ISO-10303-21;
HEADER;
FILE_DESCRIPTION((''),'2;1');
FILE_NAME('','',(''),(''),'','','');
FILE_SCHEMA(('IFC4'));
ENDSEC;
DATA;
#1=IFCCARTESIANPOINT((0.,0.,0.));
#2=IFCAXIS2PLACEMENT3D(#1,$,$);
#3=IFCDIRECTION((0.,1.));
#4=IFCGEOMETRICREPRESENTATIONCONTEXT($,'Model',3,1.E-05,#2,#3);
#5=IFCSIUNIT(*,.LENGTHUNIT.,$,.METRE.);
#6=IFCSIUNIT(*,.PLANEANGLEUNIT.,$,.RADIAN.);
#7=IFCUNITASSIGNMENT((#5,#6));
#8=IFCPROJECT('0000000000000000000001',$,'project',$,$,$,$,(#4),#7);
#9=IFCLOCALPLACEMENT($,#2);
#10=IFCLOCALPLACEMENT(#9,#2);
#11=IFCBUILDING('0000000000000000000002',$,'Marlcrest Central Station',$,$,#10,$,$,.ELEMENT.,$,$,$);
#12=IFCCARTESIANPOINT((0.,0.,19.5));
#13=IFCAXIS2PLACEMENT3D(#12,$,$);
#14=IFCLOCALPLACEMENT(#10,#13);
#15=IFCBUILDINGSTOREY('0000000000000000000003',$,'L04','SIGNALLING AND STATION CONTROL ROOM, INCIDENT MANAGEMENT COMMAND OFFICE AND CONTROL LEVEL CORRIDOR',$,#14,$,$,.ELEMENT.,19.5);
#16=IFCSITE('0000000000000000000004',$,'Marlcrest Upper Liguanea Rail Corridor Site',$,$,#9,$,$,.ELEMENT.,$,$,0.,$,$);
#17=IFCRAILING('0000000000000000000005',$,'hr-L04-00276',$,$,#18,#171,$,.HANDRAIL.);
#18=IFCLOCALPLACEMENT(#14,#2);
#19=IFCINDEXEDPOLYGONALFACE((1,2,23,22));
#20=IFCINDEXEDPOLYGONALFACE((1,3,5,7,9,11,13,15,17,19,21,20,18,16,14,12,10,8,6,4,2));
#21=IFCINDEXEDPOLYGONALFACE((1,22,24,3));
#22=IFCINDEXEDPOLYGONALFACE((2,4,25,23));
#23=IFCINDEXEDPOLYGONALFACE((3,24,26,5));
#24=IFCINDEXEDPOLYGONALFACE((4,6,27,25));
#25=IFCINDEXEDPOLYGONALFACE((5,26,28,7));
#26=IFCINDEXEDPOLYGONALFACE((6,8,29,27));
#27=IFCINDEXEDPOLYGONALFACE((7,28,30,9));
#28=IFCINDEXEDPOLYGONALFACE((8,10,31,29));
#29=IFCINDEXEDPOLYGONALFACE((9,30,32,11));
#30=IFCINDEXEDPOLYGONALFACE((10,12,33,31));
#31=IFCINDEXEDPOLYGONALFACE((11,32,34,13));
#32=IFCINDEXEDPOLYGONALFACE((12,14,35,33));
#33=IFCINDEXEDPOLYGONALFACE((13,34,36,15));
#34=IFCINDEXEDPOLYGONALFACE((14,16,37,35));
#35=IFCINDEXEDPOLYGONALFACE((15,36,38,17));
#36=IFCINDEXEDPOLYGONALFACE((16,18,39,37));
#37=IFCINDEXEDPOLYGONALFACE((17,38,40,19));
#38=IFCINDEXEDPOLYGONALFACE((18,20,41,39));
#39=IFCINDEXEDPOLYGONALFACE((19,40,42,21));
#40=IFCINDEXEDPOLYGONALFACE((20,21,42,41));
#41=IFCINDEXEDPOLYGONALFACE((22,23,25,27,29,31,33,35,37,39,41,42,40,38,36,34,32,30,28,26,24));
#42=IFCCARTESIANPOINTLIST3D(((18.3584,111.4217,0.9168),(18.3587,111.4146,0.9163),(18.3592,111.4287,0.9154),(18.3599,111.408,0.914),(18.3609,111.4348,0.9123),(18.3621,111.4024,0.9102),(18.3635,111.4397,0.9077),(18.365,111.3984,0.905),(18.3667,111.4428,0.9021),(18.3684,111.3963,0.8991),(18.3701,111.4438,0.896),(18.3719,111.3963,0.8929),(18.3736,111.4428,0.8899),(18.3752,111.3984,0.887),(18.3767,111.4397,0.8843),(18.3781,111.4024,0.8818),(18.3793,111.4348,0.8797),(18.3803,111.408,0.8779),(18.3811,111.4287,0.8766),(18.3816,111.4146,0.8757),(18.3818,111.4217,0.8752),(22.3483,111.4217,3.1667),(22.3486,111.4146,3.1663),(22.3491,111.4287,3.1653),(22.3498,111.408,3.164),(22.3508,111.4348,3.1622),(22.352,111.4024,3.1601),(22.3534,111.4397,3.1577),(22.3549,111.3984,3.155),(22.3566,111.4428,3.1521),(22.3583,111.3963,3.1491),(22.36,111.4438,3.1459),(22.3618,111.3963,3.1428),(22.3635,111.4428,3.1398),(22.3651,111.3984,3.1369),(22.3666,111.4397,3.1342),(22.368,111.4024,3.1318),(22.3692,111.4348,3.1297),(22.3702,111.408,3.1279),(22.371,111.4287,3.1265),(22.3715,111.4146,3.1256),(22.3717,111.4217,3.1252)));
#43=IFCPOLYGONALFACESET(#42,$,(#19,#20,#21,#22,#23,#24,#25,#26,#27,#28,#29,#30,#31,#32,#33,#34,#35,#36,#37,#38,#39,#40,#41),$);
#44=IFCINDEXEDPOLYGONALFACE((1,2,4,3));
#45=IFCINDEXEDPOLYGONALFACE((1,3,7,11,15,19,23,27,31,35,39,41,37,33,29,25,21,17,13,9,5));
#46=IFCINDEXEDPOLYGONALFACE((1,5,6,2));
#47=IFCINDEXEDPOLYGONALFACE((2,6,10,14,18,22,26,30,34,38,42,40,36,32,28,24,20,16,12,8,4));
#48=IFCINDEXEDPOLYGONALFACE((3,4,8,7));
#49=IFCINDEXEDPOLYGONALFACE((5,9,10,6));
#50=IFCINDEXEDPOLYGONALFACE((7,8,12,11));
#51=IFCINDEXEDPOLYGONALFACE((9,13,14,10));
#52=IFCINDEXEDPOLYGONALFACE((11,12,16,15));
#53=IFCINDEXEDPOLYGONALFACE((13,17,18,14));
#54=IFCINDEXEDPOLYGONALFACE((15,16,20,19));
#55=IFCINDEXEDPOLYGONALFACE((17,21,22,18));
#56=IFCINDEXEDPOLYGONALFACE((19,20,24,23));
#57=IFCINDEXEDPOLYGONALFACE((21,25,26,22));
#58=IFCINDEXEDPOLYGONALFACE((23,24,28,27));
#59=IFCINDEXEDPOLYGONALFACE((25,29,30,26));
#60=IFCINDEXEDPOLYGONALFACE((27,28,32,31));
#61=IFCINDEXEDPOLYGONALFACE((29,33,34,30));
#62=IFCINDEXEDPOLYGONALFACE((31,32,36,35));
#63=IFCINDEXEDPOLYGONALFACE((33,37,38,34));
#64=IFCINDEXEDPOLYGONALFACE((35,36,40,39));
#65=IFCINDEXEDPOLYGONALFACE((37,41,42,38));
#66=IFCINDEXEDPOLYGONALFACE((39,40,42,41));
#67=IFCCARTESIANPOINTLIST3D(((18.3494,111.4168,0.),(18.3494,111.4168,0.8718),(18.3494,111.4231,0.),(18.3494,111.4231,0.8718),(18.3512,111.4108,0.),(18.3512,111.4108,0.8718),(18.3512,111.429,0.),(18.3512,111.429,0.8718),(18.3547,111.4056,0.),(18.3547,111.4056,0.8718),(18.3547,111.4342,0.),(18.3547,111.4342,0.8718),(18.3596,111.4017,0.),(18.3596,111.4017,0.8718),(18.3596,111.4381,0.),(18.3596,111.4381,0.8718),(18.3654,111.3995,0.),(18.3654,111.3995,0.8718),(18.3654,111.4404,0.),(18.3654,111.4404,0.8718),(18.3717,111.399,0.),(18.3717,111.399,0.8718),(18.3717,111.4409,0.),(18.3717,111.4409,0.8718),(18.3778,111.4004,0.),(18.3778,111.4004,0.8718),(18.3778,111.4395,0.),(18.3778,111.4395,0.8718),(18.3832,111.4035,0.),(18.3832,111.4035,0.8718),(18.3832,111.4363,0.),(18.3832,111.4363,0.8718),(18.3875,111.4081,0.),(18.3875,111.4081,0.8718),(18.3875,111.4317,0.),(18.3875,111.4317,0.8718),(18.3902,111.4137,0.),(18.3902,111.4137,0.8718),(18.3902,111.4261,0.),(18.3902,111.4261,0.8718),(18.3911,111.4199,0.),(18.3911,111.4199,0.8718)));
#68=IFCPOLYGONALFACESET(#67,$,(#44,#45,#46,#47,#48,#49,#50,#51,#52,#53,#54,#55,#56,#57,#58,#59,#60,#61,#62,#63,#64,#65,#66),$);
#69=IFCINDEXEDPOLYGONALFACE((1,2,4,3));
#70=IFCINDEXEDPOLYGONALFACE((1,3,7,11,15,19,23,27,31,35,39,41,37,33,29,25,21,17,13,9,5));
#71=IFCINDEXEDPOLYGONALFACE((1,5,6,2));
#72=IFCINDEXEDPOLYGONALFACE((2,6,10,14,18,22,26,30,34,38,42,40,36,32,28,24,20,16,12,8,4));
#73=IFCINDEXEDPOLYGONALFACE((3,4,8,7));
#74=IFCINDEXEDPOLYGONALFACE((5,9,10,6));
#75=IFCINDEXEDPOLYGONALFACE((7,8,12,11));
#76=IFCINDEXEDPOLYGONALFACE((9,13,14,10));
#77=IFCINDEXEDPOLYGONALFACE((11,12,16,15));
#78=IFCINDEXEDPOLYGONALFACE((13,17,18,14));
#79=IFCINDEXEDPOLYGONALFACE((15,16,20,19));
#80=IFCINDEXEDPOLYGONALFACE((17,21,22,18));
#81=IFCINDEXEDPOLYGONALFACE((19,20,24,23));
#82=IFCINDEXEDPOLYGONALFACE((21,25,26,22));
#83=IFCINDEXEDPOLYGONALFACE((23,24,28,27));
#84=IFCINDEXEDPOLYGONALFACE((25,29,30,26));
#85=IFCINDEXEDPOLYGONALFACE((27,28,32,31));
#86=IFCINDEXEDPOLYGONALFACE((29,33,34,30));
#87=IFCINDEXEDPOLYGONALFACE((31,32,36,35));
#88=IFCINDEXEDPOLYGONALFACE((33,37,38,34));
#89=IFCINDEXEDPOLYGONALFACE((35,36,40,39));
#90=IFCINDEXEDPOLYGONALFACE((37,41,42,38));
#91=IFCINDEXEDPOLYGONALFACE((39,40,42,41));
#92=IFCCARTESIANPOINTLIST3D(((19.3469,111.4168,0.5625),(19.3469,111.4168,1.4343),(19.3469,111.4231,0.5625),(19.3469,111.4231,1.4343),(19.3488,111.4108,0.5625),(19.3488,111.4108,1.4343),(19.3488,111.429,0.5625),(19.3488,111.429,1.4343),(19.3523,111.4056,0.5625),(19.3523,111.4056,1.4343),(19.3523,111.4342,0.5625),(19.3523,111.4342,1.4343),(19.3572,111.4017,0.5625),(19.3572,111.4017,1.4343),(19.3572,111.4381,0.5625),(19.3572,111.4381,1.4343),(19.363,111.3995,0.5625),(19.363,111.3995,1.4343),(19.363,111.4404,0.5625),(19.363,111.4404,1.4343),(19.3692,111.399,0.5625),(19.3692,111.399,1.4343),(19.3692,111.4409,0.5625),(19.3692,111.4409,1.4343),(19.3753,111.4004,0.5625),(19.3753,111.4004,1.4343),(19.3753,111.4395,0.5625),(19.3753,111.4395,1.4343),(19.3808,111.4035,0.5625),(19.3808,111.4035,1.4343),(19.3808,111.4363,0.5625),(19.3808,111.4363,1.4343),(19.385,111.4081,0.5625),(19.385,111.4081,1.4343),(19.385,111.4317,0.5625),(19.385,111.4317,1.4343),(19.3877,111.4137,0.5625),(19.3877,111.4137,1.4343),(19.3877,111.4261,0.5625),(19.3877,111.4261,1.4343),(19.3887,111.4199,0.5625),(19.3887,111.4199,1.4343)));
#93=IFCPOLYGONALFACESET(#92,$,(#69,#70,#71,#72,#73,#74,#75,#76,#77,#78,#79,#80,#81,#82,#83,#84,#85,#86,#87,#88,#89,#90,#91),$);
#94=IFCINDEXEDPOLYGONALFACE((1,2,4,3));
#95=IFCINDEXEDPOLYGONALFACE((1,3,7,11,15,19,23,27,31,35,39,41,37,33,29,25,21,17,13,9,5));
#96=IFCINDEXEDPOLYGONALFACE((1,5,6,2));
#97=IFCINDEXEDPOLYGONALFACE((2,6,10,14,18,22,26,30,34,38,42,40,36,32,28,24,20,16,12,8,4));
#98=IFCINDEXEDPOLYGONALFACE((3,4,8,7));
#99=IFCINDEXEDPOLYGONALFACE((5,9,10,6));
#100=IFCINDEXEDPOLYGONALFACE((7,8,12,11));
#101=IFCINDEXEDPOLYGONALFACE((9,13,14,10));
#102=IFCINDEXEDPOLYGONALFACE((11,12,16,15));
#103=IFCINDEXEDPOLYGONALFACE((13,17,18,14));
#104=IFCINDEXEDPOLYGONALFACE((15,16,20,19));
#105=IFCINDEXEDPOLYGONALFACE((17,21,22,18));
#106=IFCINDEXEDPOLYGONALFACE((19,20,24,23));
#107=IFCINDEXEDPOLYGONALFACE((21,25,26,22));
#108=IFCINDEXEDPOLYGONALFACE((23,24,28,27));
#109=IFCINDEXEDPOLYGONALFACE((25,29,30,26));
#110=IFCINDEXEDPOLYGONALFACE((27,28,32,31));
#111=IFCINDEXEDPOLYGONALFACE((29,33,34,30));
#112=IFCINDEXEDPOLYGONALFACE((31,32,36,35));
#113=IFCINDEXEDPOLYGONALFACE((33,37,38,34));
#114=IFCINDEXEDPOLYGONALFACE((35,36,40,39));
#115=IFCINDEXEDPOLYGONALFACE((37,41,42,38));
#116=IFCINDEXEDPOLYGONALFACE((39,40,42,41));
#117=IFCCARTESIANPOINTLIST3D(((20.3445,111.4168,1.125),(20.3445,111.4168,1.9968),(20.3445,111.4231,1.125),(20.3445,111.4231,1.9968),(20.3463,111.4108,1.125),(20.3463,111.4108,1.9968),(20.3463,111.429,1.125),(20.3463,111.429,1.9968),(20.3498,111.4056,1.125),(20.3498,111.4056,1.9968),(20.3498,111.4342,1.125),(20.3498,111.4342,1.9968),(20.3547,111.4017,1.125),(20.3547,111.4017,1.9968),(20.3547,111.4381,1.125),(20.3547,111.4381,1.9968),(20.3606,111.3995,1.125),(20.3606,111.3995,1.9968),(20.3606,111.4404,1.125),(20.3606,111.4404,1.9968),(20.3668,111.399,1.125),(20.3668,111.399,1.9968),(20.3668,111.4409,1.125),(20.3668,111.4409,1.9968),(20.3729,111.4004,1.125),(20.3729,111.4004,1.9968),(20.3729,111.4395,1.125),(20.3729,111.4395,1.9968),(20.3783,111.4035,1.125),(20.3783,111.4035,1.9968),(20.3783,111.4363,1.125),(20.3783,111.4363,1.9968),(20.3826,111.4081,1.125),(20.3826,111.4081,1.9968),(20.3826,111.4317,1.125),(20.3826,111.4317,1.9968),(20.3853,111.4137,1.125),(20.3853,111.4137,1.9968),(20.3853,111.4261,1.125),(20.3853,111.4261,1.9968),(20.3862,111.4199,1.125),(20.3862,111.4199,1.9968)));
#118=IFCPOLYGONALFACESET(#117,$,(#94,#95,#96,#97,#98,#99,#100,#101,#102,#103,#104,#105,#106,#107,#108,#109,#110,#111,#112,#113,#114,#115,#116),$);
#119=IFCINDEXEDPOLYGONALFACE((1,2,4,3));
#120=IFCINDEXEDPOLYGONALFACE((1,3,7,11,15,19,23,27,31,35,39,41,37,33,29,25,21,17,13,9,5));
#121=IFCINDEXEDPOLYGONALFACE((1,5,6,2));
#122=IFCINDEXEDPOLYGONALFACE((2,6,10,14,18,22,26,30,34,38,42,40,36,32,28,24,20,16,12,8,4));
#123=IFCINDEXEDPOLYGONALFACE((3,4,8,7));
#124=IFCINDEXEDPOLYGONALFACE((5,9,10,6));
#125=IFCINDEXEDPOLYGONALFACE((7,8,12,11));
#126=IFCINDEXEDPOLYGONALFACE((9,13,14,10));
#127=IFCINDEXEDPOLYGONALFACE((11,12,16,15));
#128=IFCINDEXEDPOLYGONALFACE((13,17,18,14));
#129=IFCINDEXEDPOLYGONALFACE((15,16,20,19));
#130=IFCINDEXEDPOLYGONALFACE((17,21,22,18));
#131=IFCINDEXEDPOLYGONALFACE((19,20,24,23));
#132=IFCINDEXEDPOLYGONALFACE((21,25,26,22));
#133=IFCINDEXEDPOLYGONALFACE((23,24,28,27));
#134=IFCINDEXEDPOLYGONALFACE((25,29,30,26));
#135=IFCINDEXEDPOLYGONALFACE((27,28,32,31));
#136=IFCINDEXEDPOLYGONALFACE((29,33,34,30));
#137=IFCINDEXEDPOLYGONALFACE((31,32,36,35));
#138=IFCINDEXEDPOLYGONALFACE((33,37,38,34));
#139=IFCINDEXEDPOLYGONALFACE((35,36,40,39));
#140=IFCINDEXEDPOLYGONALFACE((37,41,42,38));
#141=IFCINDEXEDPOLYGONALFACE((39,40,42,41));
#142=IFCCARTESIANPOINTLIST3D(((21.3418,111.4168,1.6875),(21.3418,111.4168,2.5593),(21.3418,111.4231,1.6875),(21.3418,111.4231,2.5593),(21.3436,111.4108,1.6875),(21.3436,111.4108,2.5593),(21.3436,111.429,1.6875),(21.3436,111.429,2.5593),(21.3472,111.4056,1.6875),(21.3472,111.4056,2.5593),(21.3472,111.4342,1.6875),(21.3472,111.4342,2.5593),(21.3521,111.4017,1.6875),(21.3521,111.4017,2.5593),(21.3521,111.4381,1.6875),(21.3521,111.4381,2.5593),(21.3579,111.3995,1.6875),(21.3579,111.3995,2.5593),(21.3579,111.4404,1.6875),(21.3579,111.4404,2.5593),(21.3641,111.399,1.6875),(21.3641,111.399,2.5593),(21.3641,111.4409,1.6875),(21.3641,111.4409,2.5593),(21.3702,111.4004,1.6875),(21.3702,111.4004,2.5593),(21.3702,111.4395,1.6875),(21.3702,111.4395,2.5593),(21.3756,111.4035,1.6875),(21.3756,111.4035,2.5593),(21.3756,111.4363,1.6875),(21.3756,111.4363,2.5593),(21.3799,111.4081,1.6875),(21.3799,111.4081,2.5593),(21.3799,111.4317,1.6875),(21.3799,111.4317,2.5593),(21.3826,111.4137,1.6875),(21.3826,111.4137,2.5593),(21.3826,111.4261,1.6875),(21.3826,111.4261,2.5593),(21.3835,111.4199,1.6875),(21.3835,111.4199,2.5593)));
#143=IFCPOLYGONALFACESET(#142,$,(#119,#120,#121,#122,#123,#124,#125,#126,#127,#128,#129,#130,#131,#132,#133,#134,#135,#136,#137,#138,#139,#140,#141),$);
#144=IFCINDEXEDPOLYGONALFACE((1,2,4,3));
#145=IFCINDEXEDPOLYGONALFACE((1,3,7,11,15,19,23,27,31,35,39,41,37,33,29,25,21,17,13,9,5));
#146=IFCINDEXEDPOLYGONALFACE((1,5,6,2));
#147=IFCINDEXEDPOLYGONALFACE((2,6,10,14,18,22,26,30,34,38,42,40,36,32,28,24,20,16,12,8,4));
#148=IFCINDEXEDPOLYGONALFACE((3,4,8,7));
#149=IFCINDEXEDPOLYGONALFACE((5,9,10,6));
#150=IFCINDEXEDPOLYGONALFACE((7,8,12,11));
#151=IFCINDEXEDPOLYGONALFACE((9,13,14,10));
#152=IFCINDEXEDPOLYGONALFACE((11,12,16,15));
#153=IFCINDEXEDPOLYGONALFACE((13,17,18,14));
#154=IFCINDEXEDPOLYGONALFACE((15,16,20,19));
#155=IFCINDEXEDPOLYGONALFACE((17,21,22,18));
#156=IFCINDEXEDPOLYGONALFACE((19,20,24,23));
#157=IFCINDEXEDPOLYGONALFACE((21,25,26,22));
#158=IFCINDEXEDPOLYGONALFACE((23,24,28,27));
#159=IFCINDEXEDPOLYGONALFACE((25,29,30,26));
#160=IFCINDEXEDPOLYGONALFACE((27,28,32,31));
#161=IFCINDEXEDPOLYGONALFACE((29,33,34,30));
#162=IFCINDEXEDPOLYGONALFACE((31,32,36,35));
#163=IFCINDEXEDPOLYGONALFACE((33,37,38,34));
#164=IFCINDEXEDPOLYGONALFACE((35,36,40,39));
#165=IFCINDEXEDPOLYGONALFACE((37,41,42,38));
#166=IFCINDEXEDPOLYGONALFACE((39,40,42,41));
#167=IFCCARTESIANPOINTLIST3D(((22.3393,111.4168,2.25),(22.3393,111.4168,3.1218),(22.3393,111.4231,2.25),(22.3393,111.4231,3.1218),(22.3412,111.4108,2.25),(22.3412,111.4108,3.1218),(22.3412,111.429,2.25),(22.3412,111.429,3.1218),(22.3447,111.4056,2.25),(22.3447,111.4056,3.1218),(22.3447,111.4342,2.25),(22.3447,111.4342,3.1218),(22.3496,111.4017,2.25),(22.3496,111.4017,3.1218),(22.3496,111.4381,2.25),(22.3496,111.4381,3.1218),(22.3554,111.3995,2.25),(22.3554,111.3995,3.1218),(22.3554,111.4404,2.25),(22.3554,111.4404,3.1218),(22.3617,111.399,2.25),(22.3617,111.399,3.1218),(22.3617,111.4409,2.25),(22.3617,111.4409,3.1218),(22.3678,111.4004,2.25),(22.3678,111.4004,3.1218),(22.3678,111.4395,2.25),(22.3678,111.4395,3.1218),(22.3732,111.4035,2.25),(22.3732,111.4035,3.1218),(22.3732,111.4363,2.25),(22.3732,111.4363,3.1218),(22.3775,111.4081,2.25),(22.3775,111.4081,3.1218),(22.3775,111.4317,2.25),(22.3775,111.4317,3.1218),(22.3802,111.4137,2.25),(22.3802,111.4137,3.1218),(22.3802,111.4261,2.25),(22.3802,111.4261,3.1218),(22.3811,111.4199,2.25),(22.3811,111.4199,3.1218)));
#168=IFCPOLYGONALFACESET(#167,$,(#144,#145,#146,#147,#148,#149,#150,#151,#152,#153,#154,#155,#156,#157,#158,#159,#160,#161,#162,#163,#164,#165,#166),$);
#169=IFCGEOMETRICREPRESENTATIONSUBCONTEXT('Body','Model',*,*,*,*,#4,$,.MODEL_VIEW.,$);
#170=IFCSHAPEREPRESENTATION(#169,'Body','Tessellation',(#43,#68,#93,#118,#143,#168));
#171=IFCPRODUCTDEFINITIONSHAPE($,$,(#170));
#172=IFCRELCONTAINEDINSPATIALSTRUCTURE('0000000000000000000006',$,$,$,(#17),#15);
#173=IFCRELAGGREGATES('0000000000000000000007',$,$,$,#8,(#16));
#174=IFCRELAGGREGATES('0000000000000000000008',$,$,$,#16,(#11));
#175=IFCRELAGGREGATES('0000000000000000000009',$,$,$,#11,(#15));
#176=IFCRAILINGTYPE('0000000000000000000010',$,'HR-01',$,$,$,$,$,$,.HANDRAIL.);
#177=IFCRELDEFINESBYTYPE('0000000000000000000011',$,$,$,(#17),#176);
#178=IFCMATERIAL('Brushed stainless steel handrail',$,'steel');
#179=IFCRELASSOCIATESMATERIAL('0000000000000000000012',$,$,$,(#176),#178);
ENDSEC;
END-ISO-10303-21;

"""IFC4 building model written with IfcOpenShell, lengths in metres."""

from ifc_helpers import new_model, si_unit, direction, frame, origin, origin_2d, place, context, subcontext, project, spatial, circle, extrude, material, type_object, element, save


model = new_model("IFC4")

# Units and contexts
model_context = context("Model", 3, precision=1e-05, world=origin(), true_north=direction((0.0, 1.0)))
body_context = subcontext(model_context, "Body", "Model", "MODEL_VIEW")
ifc_project = project(units=[si_unit("LENGTHUNIT", "METRE"), si_unit("PLANEANGLEUNIT", "RADIAN")], contexts=[model_context])

# Site, building, storey
site_placement = place(None, origin())
site = spatial("IfcSite", under=ifc_project, at=site_placement, Name="Marlcrest Upper Liguanea Rail Corridor Site", CompositionType="ELEMENT", RefElevation=0.0)
building_placement = place(site_placement, origin())
building = spatial("IfcBuilding", under=site, at=building_placement, Name="Marlcrest Central Station", CompositionType="ELEMENT")
storey_placement = place(building_placement, frame((0.0, 0.0, 19.5)))
storey = spatial("IfcBuildingStorey", under=building, at=storey_placement, Name="L04", Description="SIGNALLING AND STATION CONTROL ROOM, INCIDENT MANAGEMENT COMMAND OFFICE AND CONTROL LEVEL CORRIDOR", CompositionType="ELEMENT", Elevation=19.5)

# Railing
ifc_material_1 = material(Name="Brushed stainless steel handrail", Category="steel")
railing_type_1 = type_object("IfcRailingType", Name="HR-01", PredefinedType="HANDRAIL", material=ifc_material_1)
railing_1_placement = place(storey_placement, frame((18.3701, 111.4199, 0.0)))
element("IfcRailing", 1, at=railing_1_placement, inside=storey, type_object=railing_type_1, Name="hr-L04-00276", PredefinedType="HANDRAIL", context=body_context, shape_type="SweptSolid", body=[
    extrude(circle(Radius=0.0239, at=origin_2d()), frame((0.0, 0.0, 0.896), z_axis=(0.87105, 0.0, 0.491195), x_axis=(0.0, 1.0, 0.0)), (0.0, 0.0, 1.0), 4.5806),
    extrude(circle(Radius=0.021, at=origin_2d()), origin(), (0.0, 0.0, 1.0), 0.8718),
    extrude(circle(Radius=0.021, at=origin_2d()), frame((0.9976, 0.0, 0.5625)), (0.0, 0.0, 1.0), 0.8718),
    extrude(circle(Radius=0.021, at=origin_2d()), frame((1.9951, 0.0, 1.125)), (0.0, 0.0, 1.0), 0.8718),
    extrude(circle(Radius=0.021, at=origin_2d()), frame((2.9924, 0.0, 1.6875)), (0.0, 0.0, 1.0), 0.8718),
    extrude(circle(Radius=0.021, at=origin_2d()), frame((3.99, 0.0, 2.25)), (0.0, 0.0, 1.0), 0.8718),
])

save(model, "model.ifc")
